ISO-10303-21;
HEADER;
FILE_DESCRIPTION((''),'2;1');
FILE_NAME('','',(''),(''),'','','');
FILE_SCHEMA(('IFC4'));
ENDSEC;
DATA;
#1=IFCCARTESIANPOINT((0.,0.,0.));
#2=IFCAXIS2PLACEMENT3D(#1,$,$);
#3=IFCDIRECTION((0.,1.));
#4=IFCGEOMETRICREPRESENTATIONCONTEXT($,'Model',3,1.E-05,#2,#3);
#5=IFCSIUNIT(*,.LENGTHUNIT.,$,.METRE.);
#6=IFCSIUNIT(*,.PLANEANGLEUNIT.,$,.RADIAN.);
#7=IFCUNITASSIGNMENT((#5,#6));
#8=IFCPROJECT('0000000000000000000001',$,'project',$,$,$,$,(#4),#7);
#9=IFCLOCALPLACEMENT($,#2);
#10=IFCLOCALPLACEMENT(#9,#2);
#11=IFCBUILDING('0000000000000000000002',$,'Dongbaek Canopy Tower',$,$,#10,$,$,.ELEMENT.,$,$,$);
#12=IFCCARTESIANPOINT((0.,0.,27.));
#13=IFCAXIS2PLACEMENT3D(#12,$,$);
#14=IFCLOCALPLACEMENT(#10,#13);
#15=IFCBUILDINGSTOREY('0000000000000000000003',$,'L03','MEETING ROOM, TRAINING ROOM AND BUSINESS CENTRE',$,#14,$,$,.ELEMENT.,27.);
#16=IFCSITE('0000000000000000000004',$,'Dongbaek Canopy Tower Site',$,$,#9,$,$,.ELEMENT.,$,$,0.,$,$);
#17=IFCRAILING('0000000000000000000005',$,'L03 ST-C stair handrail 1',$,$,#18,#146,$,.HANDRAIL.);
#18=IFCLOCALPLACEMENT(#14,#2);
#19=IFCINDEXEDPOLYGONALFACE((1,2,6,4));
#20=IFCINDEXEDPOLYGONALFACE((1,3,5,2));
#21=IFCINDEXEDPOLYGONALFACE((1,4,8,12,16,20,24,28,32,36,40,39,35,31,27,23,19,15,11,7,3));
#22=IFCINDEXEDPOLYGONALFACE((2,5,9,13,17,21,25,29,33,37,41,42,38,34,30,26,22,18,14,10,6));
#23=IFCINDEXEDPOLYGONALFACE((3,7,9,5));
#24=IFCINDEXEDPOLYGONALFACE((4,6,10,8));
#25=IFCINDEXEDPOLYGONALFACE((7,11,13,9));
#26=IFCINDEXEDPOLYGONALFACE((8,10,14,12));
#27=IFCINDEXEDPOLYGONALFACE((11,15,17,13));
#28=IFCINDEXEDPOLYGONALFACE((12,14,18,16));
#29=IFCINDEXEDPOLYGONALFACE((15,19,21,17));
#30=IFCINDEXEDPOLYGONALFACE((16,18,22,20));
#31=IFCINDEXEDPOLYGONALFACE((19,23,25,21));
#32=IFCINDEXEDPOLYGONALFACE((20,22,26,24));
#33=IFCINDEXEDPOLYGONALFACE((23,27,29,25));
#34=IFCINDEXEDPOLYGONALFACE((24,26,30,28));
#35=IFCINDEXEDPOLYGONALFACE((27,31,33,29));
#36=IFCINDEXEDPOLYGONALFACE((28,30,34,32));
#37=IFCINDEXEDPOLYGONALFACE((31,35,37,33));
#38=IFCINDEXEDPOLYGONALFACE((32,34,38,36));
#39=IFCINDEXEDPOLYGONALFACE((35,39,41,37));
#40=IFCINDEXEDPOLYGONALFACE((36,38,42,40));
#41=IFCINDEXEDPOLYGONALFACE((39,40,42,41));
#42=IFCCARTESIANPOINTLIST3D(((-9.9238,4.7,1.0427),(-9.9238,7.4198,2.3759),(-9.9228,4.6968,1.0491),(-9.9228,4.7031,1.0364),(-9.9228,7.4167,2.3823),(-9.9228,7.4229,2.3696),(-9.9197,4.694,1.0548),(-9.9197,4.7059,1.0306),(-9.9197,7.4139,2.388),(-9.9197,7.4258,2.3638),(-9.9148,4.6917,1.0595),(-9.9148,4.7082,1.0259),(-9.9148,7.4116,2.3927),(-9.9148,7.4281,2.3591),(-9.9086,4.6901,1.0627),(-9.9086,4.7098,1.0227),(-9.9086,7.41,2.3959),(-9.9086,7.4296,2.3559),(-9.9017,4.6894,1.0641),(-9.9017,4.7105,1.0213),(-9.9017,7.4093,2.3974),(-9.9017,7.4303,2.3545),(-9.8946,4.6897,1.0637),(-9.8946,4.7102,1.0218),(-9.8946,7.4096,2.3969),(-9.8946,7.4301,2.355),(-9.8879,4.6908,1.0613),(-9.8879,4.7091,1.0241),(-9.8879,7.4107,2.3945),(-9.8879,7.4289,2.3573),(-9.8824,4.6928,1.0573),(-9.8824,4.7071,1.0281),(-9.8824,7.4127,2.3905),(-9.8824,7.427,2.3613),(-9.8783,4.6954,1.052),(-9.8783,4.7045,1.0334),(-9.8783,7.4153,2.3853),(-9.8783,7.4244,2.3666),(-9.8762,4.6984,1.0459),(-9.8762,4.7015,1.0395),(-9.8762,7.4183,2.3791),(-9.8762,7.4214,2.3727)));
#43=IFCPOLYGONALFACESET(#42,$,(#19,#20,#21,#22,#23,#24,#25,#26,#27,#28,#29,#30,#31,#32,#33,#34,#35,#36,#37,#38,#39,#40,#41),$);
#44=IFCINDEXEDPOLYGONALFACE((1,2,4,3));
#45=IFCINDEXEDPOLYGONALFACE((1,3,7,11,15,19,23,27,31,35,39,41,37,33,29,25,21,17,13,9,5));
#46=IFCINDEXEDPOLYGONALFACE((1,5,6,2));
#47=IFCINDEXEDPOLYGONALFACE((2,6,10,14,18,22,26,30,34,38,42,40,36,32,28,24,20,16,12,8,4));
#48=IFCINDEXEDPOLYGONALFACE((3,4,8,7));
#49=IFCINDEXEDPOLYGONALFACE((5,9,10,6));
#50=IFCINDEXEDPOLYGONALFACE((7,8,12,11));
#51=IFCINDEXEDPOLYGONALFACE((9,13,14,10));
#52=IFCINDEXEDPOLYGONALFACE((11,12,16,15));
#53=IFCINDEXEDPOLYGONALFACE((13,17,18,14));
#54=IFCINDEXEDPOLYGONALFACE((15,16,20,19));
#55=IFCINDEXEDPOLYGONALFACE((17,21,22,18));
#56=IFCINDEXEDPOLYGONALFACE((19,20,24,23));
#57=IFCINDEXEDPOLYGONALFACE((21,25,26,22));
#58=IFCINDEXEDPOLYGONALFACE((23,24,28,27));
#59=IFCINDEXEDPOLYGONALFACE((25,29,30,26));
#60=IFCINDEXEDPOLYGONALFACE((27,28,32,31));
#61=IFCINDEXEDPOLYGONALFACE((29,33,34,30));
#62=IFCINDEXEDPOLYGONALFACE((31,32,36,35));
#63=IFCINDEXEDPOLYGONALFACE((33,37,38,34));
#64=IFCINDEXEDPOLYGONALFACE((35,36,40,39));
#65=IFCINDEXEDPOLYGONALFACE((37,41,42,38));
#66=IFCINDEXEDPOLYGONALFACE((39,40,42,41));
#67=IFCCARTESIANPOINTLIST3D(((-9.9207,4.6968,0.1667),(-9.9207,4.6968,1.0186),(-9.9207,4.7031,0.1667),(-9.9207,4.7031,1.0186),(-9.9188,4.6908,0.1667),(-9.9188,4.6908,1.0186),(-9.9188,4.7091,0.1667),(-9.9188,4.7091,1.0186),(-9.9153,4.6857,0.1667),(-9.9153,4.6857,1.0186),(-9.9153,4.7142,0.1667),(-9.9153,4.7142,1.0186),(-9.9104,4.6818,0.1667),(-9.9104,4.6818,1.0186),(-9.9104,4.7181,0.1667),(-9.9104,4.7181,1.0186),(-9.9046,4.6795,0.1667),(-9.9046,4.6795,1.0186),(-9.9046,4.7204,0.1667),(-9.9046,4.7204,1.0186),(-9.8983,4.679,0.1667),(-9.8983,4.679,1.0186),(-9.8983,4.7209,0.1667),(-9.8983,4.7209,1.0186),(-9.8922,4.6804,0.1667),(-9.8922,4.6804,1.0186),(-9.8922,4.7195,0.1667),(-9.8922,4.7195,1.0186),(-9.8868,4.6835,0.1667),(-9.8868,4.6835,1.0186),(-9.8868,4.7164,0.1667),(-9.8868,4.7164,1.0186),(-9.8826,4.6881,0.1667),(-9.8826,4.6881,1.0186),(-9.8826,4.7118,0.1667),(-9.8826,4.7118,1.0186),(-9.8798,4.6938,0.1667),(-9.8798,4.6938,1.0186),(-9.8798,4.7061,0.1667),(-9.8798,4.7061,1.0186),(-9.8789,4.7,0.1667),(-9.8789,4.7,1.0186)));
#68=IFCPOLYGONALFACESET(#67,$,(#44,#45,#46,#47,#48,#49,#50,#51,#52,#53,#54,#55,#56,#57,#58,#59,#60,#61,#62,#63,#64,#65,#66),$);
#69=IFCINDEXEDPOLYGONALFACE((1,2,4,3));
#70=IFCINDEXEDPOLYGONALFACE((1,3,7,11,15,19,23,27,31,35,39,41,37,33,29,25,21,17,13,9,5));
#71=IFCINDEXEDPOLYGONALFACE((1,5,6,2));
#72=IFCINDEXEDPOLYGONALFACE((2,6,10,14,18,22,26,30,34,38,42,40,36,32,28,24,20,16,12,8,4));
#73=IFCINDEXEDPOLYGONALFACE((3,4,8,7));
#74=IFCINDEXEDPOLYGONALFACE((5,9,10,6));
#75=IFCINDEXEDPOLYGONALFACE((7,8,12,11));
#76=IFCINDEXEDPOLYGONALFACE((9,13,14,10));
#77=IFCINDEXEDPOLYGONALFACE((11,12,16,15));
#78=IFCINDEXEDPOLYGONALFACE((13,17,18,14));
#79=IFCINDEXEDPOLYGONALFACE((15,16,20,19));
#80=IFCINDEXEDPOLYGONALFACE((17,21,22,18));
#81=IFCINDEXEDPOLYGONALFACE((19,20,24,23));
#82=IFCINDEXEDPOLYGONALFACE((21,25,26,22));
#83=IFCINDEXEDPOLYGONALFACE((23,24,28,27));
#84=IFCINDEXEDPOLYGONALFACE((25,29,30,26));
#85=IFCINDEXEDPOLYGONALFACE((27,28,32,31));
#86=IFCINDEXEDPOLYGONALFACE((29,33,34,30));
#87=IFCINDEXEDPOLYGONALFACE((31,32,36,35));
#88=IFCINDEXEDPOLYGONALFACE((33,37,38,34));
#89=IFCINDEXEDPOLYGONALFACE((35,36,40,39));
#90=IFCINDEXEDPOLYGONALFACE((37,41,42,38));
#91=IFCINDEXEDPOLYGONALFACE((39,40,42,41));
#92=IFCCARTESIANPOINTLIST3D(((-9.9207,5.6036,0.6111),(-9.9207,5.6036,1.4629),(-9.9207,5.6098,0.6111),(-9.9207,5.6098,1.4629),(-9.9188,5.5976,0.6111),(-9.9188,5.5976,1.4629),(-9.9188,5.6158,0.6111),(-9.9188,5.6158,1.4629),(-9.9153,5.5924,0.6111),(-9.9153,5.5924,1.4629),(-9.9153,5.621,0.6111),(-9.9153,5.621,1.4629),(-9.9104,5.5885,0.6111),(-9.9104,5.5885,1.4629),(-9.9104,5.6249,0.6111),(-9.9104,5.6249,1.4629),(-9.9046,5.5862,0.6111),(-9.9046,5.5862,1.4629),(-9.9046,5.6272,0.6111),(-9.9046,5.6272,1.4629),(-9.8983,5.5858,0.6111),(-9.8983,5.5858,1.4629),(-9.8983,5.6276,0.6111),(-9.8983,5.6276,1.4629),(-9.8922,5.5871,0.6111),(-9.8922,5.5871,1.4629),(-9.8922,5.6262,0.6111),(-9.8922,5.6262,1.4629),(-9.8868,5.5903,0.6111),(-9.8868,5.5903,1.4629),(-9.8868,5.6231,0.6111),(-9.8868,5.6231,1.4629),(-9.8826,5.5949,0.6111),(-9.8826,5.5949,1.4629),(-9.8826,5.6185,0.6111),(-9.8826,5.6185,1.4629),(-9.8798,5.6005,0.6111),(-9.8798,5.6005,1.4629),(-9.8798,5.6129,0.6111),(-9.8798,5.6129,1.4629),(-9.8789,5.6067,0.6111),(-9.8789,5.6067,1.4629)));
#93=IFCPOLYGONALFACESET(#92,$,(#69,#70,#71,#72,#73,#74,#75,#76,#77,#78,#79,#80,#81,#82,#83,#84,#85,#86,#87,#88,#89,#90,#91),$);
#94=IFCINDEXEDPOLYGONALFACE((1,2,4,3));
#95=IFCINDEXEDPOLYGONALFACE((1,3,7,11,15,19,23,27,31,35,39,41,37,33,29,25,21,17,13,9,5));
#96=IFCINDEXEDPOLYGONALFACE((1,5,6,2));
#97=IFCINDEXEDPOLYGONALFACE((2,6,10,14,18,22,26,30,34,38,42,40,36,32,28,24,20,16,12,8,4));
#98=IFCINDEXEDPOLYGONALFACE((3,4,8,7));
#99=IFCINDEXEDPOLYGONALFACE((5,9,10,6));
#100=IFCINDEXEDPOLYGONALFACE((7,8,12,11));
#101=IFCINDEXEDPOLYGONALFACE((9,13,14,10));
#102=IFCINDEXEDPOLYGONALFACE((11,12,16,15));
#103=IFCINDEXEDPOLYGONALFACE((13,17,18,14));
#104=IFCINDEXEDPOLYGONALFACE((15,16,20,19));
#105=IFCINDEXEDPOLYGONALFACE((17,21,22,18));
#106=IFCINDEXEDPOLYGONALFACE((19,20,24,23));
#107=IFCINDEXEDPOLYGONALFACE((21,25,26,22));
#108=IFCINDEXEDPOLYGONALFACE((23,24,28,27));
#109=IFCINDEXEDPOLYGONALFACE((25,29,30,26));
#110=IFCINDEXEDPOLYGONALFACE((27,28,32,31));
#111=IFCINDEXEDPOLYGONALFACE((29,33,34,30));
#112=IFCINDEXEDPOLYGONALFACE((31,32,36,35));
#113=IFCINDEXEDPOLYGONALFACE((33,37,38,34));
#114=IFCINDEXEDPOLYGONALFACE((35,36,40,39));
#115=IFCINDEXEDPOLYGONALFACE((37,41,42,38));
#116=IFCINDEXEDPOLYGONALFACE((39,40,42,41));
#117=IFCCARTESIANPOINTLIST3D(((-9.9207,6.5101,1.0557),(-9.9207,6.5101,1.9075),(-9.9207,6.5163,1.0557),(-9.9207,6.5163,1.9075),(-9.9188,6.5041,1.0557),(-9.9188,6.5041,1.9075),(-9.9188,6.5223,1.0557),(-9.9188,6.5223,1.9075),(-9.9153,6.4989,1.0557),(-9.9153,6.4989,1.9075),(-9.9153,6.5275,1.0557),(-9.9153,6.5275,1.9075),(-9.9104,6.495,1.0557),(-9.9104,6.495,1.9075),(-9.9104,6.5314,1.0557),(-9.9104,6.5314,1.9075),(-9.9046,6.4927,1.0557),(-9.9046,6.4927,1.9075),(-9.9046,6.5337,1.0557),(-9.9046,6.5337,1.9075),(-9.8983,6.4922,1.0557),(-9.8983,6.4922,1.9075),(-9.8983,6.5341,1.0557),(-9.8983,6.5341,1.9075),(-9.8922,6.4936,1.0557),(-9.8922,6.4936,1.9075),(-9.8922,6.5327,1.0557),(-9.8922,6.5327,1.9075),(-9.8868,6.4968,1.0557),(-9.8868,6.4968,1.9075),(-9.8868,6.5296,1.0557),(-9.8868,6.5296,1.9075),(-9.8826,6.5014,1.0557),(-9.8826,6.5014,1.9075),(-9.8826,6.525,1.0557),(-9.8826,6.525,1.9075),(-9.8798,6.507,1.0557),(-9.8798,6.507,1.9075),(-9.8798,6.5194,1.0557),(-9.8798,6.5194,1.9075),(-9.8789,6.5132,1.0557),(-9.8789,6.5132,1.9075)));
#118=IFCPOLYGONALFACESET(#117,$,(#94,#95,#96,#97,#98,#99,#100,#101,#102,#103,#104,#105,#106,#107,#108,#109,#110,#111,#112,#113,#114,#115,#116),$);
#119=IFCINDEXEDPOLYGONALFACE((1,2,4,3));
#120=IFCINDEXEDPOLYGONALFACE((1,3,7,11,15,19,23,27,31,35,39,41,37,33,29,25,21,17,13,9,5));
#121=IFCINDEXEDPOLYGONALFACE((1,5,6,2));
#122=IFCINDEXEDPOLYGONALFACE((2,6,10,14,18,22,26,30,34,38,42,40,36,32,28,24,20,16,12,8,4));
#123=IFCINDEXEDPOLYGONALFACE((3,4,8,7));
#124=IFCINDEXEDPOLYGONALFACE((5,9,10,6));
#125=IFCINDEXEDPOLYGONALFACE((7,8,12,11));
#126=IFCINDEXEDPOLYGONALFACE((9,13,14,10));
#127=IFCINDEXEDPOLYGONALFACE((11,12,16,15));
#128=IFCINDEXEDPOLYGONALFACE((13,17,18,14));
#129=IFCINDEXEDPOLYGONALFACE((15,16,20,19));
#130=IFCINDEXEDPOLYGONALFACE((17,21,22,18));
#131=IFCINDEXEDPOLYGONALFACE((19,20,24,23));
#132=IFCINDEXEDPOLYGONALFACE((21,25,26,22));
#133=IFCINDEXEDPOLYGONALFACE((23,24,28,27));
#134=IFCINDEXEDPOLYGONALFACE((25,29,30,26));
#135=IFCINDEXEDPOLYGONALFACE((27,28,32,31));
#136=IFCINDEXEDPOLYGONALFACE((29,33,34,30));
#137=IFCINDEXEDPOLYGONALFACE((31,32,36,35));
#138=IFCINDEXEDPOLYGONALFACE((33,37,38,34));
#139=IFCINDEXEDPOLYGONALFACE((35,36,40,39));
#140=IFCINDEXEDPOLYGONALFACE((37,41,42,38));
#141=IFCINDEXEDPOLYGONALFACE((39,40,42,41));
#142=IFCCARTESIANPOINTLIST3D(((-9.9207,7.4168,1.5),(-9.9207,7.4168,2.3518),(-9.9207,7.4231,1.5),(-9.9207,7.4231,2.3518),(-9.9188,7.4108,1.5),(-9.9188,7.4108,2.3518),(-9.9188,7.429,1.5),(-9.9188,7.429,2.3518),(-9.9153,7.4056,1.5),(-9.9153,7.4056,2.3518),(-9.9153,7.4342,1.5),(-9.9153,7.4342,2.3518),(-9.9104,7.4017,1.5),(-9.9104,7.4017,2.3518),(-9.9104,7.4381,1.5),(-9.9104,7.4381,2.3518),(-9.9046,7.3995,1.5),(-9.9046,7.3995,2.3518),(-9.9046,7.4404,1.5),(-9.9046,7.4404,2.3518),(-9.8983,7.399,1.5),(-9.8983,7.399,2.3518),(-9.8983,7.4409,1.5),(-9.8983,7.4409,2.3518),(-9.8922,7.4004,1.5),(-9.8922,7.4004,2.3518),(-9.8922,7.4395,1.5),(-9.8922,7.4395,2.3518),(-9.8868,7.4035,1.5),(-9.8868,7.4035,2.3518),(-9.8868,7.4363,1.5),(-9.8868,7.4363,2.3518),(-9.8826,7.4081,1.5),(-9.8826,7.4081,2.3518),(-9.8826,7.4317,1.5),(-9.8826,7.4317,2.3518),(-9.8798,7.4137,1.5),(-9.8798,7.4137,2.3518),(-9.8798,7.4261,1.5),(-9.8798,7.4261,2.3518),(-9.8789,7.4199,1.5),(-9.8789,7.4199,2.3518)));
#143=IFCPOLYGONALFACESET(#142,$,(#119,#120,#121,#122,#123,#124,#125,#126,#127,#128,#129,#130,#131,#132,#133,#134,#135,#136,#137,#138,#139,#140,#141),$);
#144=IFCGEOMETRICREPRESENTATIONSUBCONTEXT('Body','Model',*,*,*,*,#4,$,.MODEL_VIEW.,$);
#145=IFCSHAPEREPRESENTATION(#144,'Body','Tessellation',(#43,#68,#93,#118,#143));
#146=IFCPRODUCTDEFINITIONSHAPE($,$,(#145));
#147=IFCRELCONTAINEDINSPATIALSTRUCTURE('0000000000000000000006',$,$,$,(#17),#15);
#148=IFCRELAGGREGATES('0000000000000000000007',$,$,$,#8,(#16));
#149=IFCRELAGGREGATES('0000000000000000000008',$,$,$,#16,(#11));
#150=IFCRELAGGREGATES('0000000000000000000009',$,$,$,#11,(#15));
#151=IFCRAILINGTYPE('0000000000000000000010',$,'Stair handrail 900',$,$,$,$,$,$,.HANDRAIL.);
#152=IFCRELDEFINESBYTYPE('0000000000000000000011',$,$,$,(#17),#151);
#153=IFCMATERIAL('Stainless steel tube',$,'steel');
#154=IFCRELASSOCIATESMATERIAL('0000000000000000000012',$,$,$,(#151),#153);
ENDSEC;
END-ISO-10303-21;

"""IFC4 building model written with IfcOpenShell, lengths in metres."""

from ifc_helpers import new_model, si_unit, direction, frame, origin, origin_2d, place, context, subcontext, project, spatial, circle, extrude, material, type_object, element, save


model = new_model("IFC4")

# Units and contexts
model_context = context("Model", 3, precision=1e-05, world=origin(), true_north=direction((0.0, 1.0)))
body_context = subcontext(model_context, "Body", "Model", "MODEL_VIEW")
ifc_project = project(units=[si_unit("LENGTHUNIT", "METRE"), si_unit("PLANEANGLEUNIT", "RADIAN")], contexts=[model_context])

# Site, building, storey
site_placement = place(None, origin())
site = spatial("IfcSite", under=ifc_project, at=site_placement, Name="Dongbaek Canopy Tower Site", CompositionType="ELEMENT", RefElevation=0.0)
building_placement = place(site_placement, origin())
building = spatial("IfcBuilding", under=site, at=building_placement, Name="Dongbaek Canopy Tower", CompositionType="ELEMENT")
storey_placement = place(building_placement, frame((0.0, 0.0, 27.0)))
storey = spatial("IfcBuildingStorey", under=building, at=storey_placement, Name="L03", Description="MEETING ROOM, TRAINING ROOM AND BUSINESS CENTRE", CompositionType="ELEMENT", Elevation=27.0)

# Railing
ifc_material_1 = material(Name="Stainless steel tube", Category="steel")
railing_type_1 = type_object("IfcRailingType", Name="Stair handrail 900", PredefinedType="HANDRAIL", material=ifc_material_1)
for number, where, name in (
    (1, (-9.8999, 4.7, 0.1667), "L03 ST-C stair handrail 1"),
):
    element("IfcRailing", number, at=place(storey_placement, frame(where)), inside=storey, type_object=railing_type_1, Name=name, PredefinedType="HANDRAIL", context=body_context, shape_type="SweptSolid", body=[
        extrude(circle(Radius=0.0239, at=origin_2d()), frame((0.0, 0.0, 0.876), z_axis=(0.0, 0.897929, 0.440139), x_axis=(-1.0, 0.0, 0.0)), (0.0, 0.0, 1.0), 3.0291),
        extrude(circle(Radius=0.021, at=origin_2d()), origin(), (0.0, 0.0, 1.0), 0.8518),
        extrude(circle(Radius=0.021, at=origin_2d()), frame((0.0, 0.9067, 0.4443)), (0.0, 0.0, 1.0), 0.8518),
        extrude(circle(Radius=0.021, at=origin_2d()), frame((0.0, 1.8132, 0.8889)), (0.0, 0.0, 1.0), 0.8518),
        extrude(circle(Radius=0.021, at=origin_2d()), frame((0.0, 2.72, 1.3333)), (0.0, 0.0, 1.0), 0.8518),
    ])

save(model, "model.ifc")
